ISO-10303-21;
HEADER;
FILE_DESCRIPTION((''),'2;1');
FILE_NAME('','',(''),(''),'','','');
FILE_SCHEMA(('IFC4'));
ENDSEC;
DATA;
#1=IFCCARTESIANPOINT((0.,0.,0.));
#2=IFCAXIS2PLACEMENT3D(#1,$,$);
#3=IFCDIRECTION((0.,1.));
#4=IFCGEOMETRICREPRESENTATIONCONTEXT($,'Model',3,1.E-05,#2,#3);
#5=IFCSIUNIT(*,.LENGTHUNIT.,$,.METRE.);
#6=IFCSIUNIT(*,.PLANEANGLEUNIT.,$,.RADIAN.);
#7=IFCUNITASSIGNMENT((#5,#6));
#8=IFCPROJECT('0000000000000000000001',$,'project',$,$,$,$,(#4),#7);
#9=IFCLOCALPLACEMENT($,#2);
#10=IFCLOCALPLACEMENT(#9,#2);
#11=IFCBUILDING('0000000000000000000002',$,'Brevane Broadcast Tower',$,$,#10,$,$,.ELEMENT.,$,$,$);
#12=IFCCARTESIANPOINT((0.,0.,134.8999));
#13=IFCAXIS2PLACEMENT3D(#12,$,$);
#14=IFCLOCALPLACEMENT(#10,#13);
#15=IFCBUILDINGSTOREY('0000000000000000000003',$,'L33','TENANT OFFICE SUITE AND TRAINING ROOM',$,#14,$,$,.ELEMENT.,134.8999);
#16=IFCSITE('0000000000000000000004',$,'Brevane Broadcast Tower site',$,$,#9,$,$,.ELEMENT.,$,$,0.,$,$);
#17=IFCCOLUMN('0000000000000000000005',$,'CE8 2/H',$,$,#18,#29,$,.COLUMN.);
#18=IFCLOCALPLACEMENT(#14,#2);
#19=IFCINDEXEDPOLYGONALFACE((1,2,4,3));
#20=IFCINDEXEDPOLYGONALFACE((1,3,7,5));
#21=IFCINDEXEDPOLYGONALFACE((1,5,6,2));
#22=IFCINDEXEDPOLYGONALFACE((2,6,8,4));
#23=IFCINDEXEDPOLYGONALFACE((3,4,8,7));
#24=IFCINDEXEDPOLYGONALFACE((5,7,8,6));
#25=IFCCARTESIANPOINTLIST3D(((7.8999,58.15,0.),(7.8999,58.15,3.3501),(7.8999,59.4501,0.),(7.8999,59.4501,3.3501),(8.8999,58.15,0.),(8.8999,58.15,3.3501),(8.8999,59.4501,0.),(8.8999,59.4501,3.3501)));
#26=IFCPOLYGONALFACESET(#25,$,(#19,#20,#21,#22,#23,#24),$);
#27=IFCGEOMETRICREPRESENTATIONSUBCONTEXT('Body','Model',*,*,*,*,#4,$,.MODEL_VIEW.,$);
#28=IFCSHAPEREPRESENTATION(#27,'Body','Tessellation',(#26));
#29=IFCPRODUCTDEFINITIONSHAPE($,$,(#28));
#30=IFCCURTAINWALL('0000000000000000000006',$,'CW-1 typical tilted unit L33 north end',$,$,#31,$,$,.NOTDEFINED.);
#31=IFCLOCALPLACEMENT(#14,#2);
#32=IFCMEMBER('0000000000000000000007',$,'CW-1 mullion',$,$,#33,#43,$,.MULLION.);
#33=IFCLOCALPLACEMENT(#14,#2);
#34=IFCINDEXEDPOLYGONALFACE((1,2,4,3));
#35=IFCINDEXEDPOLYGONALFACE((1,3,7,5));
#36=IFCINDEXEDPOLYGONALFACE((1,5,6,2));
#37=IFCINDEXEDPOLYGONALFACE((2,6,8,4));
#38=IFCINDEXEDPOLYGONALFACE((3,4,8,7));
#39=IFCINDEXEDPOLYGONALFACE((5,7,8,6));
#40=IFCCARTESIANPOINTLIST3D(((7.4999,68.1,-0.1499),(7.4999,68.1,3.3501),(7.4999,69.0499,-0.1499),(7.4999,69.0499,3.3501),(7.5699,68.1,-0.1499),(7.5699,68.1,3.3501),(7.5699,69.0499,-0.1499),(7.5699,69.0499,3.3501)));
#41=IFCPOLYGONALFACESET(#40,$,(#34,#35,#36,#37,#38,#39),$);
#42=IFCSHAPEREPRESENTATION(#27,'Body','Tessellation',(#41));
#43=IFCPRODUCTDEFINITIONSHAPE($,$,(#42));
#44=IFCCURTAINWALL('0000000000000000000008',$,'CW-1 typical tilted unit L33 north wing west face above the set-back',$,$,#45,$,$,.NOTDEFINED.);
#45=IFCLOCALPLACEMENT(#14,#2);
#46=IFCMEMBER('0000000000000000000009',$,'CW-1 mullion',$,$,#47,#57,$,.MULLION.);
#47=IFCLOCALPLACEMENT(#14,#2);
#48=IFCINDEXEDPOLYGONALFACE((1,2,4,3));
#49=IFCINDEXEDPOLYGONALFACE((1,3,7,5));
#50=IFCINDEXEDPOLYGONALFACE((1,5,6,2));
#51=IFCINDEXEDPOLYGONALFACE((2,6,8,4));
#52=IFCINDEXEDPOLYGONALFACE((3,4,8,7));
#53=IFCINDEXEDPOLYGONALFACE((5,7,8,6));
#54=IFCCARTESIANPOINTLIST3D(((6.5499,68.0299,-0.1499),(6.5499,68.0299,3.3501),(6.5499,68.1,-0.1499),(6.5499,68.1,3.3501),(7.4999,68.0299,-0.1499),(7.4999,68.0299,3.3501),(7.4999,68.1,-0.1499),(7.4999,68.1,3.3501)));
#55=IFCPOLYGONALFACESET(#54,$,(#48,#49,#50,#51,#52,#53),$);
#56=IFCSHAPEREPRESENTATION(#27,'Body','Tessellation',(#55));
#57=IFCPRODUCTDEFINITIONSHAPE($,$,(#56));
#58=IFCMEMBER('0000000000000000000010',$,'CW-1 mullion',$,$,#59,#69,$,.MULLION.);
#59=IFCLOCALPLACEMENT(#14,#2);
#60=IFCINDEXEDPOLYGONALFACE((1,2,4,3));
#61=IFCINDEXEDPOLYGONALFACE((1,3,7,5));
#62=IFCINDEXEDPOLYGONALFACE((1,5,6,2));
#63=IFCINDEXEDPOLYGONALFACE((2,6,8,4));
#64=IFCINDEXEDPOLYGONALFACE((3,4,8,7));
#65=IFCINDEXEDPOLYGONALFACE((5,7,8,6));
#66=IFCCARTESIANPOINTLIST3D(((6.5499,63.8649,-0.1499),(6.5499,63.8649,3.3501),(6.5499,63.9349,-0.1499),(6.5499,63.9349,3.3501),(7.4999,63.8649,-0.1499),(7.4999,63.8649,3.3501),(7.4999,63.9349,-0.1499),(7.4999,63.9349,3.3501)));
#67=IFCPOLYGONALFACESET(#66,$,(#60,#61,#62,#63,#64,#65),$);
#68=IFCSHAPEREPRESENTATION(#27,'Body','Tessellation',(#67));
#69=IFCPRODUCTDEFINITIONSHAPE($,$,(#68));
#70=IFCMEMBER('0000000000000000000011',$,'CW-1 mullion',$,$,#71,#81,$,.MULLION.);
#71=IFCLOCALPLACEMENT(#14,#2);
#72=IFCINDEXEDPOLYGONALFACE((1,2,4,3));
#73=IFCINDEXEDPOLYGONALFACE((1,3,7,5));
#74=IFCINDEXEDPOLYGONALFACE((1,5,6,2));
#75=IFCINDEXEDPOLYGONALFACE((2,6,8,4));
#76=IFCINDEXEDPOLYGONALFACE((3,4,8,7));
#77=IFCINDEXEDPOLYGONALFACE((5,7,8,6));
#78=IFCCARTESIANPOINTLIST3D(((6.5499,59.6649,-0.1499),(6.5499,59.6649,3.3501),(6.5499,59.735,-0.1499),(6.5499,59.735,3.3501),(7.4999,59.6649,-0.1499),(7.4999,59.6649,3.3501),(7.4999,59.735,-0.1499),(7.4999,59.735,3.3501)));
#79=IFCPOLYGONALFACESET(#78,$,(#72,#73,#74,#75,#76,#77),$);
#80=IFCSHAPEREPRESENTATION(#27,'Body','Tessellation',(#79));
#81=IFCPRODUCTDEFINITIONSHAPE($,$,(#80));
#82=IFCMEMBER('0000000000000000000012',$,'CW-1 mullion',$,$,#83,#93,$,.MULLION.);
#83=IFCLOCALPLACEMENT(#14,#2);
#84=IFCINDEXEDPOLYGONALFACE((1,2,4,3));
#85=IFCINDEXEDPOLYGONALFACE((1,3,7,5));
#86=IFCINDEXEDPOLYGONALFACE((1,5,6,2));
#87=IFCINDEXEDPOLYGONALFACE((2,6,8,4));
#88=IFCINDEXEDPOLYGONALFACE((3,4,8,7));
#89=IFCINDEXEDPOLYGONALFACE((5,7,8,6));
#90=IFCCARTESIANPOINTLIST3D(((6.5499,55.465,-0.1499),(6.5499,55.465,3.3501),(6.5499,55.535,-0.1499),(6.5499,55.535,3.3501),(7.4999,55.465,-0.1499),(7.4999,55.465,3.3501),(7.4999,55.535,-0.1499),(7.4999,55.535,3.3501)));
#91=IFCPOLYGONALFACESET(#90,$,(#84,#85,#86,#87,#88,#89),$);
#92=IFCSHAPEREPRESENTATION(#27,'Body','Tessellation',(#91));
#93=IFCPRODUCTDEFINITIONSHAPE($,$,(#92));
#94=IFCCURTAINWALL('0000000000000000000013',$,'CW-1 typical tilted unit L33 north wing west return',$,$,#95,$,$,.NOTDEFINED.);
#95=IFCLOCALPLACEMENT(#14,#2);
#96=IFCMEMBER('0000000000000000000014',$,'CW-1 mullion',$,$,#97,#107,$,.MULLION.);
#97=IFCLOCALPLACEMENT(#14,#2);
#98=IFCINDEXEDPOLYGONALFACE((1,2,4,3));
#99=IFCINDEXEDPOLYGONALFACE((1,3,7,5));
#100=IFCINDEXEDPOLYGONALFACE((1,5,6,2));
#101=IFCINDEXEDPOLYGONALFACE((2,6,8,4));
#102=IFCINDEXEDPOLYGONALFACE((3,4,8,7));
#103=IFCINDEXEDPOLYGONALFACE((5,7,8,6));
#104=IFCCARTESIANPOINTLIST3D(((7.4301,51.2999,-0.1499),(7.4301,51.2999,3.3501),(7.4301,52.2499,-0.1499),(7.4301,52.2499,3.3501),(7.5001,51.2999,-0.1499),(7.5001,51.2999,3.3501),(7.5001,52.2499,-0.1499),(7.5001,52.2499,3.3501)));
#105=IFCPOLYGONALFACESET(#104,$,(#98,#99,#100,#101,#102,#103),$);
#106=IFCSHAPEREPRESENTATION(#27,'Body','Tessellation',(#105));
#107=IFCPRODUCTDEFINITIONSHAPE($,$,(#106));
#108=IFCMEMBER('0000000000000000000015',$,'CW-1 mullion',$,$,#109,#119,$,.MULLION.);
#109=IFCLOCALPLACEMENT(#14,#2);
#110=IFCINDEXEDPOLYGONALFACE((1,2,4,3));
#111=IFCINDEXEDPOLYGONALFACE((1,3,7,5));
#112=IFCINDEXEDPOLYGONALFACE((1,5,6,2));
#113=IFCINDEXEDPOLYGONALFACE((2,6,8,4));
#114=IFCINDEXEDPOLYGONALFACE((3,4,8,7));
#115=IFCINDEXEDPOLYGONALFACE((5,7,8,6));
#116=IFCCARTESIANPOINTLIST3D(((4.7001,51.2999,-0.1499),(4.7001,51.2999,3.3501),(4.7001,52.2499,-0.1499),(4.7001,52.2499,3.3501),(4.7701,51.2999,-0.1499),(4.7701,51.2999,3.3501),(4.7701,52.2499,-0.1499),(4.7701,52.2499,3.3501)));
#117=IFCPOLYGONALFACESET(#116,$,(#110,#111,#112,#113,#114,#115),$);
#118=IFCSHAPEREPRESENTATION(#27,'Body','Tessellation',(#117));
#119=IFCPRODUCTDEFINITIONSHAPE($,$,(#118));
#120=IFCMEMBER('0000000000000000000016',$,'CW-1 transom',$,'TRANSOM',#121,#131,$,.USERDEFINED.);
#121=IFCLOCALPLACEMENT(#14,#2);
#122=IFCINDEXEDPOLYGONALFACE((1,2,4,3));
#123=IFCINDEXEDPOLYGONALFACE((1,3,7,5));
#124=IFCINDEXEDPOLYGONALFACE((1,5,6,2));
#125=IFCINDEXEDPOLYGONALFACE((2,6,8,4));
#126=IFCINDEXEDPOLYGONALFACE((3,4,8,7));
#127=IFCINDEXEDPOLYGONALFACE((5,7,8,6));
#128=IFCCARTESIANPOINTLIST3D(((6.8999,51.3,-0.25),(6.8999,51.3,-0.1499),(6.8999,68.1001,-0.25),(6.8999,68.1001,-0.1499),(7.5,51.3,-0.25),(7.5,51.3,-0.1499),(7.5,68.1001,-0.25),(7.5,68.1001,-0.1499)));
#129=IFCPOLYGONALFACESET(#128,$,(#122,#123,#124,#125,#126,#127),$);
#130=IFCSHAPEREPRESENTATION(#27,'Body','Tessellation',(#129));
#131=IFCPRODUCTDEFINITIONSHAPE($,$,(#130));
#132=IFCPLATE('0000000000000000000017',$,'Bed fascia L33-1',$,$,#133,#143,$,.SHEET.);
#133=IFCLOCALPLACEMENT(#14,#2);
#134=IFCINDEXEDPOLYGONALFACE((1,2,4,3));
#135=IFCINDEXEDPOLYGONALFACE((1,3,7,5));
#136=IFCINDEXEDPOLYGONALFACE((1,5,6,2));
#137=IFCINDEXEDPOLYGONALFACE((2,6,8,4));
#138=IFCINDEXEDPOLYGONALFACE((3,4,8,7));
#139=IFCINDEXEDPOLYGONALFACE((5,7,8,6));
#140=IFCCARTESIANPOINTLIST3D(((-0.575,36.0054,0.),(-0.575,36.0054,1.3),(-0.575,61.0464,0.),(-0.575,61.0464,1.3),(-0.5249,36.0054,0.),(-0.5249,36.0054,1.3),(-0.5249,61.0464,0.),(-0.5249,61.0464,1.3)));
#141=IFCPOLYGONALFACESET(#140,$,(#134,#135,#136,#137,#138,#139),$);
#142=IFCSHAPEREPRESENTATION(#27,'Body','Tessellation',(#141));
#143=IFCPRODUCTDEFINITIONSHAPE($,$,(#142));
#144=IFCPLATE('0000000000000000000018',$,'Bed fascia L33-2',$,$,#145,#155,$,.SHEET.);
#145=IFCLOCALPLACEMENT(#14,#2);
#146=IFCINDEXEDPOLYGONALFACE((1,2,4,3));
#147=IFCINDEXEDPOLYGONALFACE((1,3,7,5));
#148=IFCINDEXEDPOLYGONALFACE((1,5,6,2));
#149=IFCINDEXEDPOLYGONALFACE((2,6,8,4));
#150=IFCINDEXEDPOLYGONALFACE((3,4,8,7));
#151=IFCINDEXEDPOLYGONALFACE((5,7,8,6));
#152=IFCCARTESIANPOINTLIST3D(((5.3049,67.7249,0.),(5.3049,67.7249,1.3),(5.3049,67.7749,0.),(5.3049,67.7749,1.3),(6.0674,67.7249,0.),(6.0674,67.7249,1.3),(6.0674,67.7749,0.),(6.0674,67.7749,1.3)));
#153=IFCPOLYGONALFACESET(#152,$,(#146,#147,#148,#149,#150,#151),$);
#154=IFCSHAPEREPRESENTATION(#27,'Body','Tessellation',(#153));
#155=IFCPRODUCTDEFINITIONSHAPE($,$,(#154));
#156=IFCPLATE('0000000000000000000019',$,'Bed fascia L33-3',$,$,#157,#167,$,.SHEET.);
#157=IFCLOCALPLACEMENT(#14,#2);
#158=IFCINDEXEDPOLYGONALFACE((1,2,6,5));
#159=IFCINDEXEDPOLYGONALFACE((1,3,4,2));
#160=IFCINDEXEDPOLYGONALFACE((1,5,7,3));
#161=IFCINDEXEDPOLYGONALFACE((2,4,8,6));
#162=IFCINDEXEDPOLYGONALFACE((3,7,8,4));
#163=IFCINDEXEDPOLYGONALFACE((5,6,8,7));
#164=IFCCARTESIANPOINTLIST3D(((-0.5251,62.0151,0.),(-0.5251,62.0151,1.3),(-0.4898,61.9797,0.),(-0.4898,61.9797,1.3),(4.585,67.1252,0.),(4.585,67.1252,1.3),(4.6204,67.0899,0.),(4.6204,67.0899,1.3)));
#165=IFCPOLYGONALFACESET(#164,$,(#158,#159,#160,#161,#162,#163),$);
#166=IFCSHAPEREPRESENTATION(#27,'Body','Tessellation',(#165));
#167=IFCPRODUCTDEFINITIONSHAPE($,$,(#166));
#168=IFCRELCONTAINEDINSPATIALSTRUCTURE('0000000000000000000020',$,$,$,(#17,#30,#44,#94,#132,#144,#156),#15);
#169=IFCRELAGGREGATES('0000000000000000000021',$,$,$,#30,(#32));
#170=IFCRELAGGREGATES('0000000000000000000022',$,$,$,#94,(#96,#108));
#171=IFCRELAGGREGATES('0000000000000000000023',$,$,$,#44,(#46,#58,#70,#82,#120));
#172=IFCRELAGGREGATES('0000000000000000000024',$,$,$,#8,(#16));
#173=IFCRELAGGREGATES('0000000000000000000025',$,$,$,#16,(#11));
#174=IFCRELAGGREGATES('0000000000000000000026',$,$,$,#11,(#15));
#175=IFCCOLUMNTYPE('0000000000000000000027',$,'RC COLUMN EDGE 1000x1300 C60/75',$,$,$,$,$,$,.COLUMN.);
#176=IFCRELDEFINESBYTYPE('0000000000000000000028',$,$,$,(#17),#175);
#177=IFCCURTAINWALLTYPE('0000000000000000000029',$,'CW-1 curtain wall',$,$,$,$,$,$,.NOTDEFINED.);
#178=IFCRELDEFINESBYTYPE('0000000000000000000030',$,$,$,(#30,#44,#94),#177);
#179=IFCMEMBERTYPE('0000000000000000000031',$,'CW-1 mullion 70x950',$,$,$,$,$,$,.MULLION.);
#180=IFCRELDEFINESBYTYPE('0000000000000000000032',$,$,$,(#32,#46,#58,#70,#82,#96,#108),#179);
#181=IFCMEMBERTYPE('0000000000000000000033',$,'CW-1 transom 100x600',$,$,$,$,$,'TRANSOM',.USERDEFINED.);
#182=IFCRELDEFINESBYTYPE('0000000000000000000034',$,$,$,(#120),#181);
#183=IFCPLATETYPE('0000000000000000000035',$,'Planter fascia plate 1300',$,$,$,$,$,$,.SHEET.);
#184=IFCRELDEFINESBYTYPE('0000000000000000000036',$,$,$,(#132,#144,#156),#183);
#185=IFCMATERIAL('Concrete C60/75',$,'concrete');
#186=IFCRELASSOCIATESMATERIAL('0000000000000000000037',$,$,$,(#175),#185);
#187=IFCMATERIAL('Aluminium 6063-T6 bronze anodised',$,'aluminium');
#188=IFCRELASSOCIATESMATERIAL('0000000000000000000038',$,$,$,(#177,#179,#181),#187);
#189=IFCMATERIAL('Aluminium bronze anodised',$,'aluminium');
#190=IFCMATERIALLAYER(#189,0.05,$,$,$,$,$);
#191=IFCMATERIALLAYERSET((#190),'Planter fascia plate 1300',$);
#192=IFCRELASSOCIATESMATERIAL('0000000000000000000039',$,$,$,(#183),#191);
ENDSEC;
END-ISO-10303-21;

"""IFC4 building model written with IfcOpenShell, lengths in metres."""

from ifc_helpers import new_model, si_unit, direction, frame, origin, origin_2d, place, context, subcontext, project, spatial, polyline, rectangle, outline, extrude, material, layer, layer_set, material_profile, profile_set, type_object, element, aggregate, save


model = new_model("IFC4")

# Units and contexts
model_context = context("Model", 3, precision=1e-05, world=origin(), true_north=direction((0.0, 1.0)))
body_context = subcontext(model_context, "Body", "Model", "MODEL_VIEW")
ifc_project = project(units=[si_unit("LENGTHUNIT", "METRE"), si_unit("PLANEANGLEUNIT", "RADIAN")], contexts=[model_context])

# Site, building, storey
site_placement = place(None, origin())
site = spatial("IfcSite", under=ifc_project, at=site_placement, Name="Brevane Broadcast Tower site", CompositionType="ELEMENT", RefElevation=0.0)
building_placement = place(site_placement, origin())
building = spatial("IfcBuilding", under=site, at=building_placement, Name="Brevane Broadcast Tower", CompositionType="ELEMENT")
storey_placement = place(building_placement, frame((0.0, 0.0, 134.8999)))
storey = spatial("IfcBuildingStorey", under=building, at=storey_placement, Name="L33", Description="TENANT OFFICE SUITE AND TRAINING ROOM", CompositionType="ELEMENT", Elevation=134.8999)

# Column
ifc_material_1 = material(Name="Concrete C60/75", Category="concrete")
ifc_material_profile_1 = material_profile(ifc_material_1, rectangle(XDim=1.0, YDim=1.3, at=origin_2d()), Name="RC 1000x1300")
ifc_profile_set_1 = profile_set([ifc_material_profile_1], Name="Concrete C60/75")
column_type = type_object("IfcColumnType", Name="RC COLUMN EDGE 1000x1300 C60/75", PredefinedType="COLUMN", material=ifc_profile_set_1)
column_placement = place(storey_placement, frame((8.3999, 58.8, 0.0), z_axis=(0.0, 0.0, 1.0), x_axis=(1.0, 0.0, 0.0)))
element("IfcColumn", 1, at=column_placement, inside=storey, type_object=column_type, Name="CE8 2/H", PredefinedType="COLUMN", context=body_context, shape_type="SweptSolid", body=[
    extrude(rectangle(XDim=1.0, YDim=1.3, at=origin_2d()), origin(), (0.0, 0.0, 1.0), 3.3501),
])

# Curtain wall, member
ifc_material_2 = material(Name="Aluminium 6063-T6 bronze anodised", Category="aluminium")
curtain_wall_type = type_object("IfcCurtainWallType", Name="CW-1 curtain wall", PredefinedType="NOTDEFINED", material=ifc_material_2)
curtain_wall_1_placement = place(storey_placement, origin())
curtain_wall_1 = element("IfcCurtainWall", 2, at=curtain_wall_1_placement, inside=storey, type_object=curtain_wall_type, Name="CW-1 typical tilted unit L33 north end", PredefinedType="NOTDEFINED")
ifc_material_profile_2 = material_profile(ifc_material_2, rectangle(XDim=0.95, YDim=0.0701, at=origin_2d()), Name="RECT 70x950")
ifc_profile_set_2 = profile_set([ifc_material_profile_2], Name="Aluminium 6063-T6 bronze anodised")
member_type_1 = type_object("IfcMemberType", Name="CW-1 mullion 70x950", PredefinedType="MULLION", material=ifc_profile_set_2)
member_1_placement = place(storey_placement, frame((7.5349, 68.575, -0.1499), z_axis=(0.0, 0.0, 1.0), x_axis=(0.0, -1.0, 0.0)))
member_1 = element("IfcMember", 3, at=member_1_placement, type_object=member_type_1, Name="CW-1 mullion", PredefinedType="MULLION", context=body_context, shape_type="SweptSolid", body=[
    extrude(rectangle(XDim=0.95, YDim=0.0701, at=origin_2d()), origin(), (0.0, 0.0, 1.0), 3.5),
])
aggregate(curtain_wall_1, [member_1])

# Curtain walls, members
curtain_wall_2_placement = place(storey_placement, origin())
curtain_wall_2 = element("IfcCurtainWall", 4, at=curtain_wall_2_placement, inside=storey, type_object=curtain_wall_type, Name="CW-1 typical tilted unit L33 north wing west face above the set-back", PredefinedType="NOTDEFINED")
member_2_placement = place(storey_placement, frame((7.0249, 68.0649, -0.1499), z_axis=(0.0, 0.0, 1.0), x_axis=(1.0, 0.0, 0.0)))
member_2 = element("IfcMember", 5, at=member_2_placement, type_object=member_type_1, Name="CW-1 mullion", PredefinedType="MULLION", context=body_context, shape_type="SweptSolid", body=[
    extrude(rectangle(XDim=0.95, YDim=0.0701, at=origin_2d()), origin(), (0.0, 0.0, 1.0), 3.5),
])
member_3_placement = place(storey_placement, frame((7.0249, 63.8999, -0.1499), z_axis=(0.0, 0.0, 1.0), x_axis=(1.0, 0.0, 0.0)))
member_3 = element("IfcMember", 6, at=member_3_placement, type_object=member_type_1, Name="CW-1 mullion", PredefinedType="MULLION", context=body_context, shape_type="SweptSolid", body=[
    extrude(rectangle(XDim=0.95, YDim=0.0701, at=origin_2d()), origin(), (0.0, 0.0, 1.0), 3.5),
])
member_4_placement = place(storey_placement, frame((7.0249, 59.7, -0.1499), z_axis=(0.0, 0.0, 1.0), x_axis=(1.0, 0.0, 0.0)))
member_4 = element("IfcMember", 7, at=member_4_placement, type_object=member_type_1, Name="CW-1 mullion", PredefinedType="MULLION", context=body_context, shape_type="SweptSolid", body=[
    extrude(rectangle(XDim=0.95, YDim=0.0701, at=origin_2d()), origin(), (0.0, 0.0, 1.0), 3.5),
])
member_5_placement = place(storey_placement, frame((7.0249, 55.5, -0.1499), z_axis=(0.0, 0.0, 1.0), x_axis=(1.0, 0.0, 0.0)))
member_5 = element("IfcMember", 8, at=member_5_placement, type_object=member_type_1, Name="CW-1 mullion", PredefinedType="MULLION", context=body_context, shape_type="SweptSolid", body=[
    extrude(rectangle(XDim=0.95, YDim=0.0701, at=origin_2d()), origin(), (0.0, 0.0, 1.0), 3.5),
])
curtain_wall_3_placement = place(storey_placement, origin())
curtain_wall_3 = element("IfcCurtainWall", 9, at=curtain_wall_3_placement, inside=storey, type_object=curtain_wall_type, Name="CW-1 typical tilted unit L33 north wing west return", PredefinedType="NOTDEFINED")
member_6_placement = place(storey_placement, frame((7.4651, 51.7749, -0.1499), z_axis=(0.0, 0.0, 1.0), x_axis=(0.0, -1.0, 0.0)))
member_6 = element("IfcMember", 10, at=member_6_placement, type_object=member_type_1, Name="CW-1 mullion", PredefinedType="MULLION", context=body_context, shape_type="SweptSolid", body=[
    extrude(rectangle(XDim=0.95, YDim=0.0701, at=origin_2d()), origin(), (0.0, 0.0, 1.0), 3.5),
])
member_7_placement = place(storey_placement, frame((4.7351, 51.7749, -0.1499), z_axis=(0.0, 0.0, 1.0), x_axis=(0.0, -1.0, 0.0)))
member_7 = element("IfcMember", 11, at=member_7_placement, type_object=member_type_1, Name="CW-1 mullion", PredefinedType="MULLION", context=body_context, shape_type="SweptSolid", body=[
    extrude(rectangle(XDim=0.95, YDim=0.0701, at=origin_2d()), origin(), (0.0, 0.0, 1.0), 3.5),
])
aggregate(curtain_wall_3, [member_6, member_7])

# Member
ifc_material_profile_3 = material_profile(ifc_material_2, rectangle(XDim=0.6001, YDim=0.1001, at=origin_2d()), Name="RECT 100x600")
ifc_profile_set_3 = profile_set([ifc_material_profile_3], Name="Aluminium 6063-T6 bronze anodised")
member_type_2 = type_object("IfcMemberType", Name="CW-1 transom 100x600", ElementType="TRANSOM", PredefinedType="USERDEFINED", material=ifc_profile_set_3)
member_8_placement = place(storey_placement, frame((7.2, 68.1001, -0.2), z_axis=(0.0, -1.0, 0.0), x_axis=(1.0, 0.0, 0.0)))
member_8 = element("IfcMember", 12, at=member_8_placement, type_object=member_type_2, Name="CW-1 transom", ObjectType="TRANSOM", PredefinedType="USERDEFINED", context=body_context, shape_type="SweptSolid", body=[
    extrude(rectangle(XDim=0.6001, YDim=0.1001, at=origin_2d()), origin(), (0.0, 0.0, 1.0), 16.8),
])
aggregate(curtain_wall_2, [member_2, member_3, member_4, member_5, member_8])

# Plates
ifc_material_3 = material(Name="Aluminium bronze anodised", Category="aluminium")
ifc_layer_1 = layer(ifc_material_3, 0.05)
ifc_layer_set_1 = layer_set([ifc_layer_1], Name="Planter fascia plate 1300")
plate_type = type_object("IfcPlateType", Name="Planter fascia plate 1300", PredefinedType="SHEET", material=ifc_layer_set_1)
plate_1_placement = place(storey_placement, frame((-0.575, 61.0464, 0.0), z_axis=(-1.0, 0.0, 0.0), x_axis=(0.0, -1.0, 0.0)))
element("IfcPlate", 13, at=plate_1_placement, inside=storey, type_object=plate_type, Name="Bed fascia L33-1", PredefinedType="SHEET", context=body_context, shape_type="SweptSolid", body=[
    extrude(outline(polyline([(0.0, 0.0), (25.041, 0.0), (25.041, 1.3), (0.0, 1.3), (0.0, 0.0)])), origin(), (0.0, 0.0, -1.0), 0.05),
])
plate_2_placement = place(storey_placement, frame((6.0674, 67.7749, 0.0), z_axis=(0.0, 1.0, 0.0), x_axis=(-1.0, 0.0, 0.0)))
element("IfcPlate", 14, at=plate_2_placement, inside=storey, type_object=plate_type, Name="Bed fascia L33-2", PredefinedType="SHEET", context=body_context, shape_type="SweptSolid", body=[
    extrude(outline(polyline([(0.0, 0.0), (0.7625, 0.0), (0.7625, 1.3), (0.0, 1.3), (0.0, 0.0)])), origin(), (0.0, 0.0, -1.0), 0.05),
])
plate_3_placement = place(storey_placement, frame((4.585, 67.1252, 0.0), z_axis=(-0.707107, 0.707107, 0.0), x_axis=(-0.707107, -0.707107, 0.0)))
element("IfcPlate", 15, at=plate_3_placement, inside=storey, type_object=plate_type, Name="Bed fascia L33-3", PredefinedType="SHEET", context=body_context, shape_type="SweptSolid", body=[
    extrude(outline(polyline([(0.0, 0.0), (7.2268, 0.0), (7.2268, 1.3), (0.0, 1.3), (0.0, 0.0)])), origin(), (0.0, 0.0, -1.0), 0.05),
])

save(model, "model.ifc")
